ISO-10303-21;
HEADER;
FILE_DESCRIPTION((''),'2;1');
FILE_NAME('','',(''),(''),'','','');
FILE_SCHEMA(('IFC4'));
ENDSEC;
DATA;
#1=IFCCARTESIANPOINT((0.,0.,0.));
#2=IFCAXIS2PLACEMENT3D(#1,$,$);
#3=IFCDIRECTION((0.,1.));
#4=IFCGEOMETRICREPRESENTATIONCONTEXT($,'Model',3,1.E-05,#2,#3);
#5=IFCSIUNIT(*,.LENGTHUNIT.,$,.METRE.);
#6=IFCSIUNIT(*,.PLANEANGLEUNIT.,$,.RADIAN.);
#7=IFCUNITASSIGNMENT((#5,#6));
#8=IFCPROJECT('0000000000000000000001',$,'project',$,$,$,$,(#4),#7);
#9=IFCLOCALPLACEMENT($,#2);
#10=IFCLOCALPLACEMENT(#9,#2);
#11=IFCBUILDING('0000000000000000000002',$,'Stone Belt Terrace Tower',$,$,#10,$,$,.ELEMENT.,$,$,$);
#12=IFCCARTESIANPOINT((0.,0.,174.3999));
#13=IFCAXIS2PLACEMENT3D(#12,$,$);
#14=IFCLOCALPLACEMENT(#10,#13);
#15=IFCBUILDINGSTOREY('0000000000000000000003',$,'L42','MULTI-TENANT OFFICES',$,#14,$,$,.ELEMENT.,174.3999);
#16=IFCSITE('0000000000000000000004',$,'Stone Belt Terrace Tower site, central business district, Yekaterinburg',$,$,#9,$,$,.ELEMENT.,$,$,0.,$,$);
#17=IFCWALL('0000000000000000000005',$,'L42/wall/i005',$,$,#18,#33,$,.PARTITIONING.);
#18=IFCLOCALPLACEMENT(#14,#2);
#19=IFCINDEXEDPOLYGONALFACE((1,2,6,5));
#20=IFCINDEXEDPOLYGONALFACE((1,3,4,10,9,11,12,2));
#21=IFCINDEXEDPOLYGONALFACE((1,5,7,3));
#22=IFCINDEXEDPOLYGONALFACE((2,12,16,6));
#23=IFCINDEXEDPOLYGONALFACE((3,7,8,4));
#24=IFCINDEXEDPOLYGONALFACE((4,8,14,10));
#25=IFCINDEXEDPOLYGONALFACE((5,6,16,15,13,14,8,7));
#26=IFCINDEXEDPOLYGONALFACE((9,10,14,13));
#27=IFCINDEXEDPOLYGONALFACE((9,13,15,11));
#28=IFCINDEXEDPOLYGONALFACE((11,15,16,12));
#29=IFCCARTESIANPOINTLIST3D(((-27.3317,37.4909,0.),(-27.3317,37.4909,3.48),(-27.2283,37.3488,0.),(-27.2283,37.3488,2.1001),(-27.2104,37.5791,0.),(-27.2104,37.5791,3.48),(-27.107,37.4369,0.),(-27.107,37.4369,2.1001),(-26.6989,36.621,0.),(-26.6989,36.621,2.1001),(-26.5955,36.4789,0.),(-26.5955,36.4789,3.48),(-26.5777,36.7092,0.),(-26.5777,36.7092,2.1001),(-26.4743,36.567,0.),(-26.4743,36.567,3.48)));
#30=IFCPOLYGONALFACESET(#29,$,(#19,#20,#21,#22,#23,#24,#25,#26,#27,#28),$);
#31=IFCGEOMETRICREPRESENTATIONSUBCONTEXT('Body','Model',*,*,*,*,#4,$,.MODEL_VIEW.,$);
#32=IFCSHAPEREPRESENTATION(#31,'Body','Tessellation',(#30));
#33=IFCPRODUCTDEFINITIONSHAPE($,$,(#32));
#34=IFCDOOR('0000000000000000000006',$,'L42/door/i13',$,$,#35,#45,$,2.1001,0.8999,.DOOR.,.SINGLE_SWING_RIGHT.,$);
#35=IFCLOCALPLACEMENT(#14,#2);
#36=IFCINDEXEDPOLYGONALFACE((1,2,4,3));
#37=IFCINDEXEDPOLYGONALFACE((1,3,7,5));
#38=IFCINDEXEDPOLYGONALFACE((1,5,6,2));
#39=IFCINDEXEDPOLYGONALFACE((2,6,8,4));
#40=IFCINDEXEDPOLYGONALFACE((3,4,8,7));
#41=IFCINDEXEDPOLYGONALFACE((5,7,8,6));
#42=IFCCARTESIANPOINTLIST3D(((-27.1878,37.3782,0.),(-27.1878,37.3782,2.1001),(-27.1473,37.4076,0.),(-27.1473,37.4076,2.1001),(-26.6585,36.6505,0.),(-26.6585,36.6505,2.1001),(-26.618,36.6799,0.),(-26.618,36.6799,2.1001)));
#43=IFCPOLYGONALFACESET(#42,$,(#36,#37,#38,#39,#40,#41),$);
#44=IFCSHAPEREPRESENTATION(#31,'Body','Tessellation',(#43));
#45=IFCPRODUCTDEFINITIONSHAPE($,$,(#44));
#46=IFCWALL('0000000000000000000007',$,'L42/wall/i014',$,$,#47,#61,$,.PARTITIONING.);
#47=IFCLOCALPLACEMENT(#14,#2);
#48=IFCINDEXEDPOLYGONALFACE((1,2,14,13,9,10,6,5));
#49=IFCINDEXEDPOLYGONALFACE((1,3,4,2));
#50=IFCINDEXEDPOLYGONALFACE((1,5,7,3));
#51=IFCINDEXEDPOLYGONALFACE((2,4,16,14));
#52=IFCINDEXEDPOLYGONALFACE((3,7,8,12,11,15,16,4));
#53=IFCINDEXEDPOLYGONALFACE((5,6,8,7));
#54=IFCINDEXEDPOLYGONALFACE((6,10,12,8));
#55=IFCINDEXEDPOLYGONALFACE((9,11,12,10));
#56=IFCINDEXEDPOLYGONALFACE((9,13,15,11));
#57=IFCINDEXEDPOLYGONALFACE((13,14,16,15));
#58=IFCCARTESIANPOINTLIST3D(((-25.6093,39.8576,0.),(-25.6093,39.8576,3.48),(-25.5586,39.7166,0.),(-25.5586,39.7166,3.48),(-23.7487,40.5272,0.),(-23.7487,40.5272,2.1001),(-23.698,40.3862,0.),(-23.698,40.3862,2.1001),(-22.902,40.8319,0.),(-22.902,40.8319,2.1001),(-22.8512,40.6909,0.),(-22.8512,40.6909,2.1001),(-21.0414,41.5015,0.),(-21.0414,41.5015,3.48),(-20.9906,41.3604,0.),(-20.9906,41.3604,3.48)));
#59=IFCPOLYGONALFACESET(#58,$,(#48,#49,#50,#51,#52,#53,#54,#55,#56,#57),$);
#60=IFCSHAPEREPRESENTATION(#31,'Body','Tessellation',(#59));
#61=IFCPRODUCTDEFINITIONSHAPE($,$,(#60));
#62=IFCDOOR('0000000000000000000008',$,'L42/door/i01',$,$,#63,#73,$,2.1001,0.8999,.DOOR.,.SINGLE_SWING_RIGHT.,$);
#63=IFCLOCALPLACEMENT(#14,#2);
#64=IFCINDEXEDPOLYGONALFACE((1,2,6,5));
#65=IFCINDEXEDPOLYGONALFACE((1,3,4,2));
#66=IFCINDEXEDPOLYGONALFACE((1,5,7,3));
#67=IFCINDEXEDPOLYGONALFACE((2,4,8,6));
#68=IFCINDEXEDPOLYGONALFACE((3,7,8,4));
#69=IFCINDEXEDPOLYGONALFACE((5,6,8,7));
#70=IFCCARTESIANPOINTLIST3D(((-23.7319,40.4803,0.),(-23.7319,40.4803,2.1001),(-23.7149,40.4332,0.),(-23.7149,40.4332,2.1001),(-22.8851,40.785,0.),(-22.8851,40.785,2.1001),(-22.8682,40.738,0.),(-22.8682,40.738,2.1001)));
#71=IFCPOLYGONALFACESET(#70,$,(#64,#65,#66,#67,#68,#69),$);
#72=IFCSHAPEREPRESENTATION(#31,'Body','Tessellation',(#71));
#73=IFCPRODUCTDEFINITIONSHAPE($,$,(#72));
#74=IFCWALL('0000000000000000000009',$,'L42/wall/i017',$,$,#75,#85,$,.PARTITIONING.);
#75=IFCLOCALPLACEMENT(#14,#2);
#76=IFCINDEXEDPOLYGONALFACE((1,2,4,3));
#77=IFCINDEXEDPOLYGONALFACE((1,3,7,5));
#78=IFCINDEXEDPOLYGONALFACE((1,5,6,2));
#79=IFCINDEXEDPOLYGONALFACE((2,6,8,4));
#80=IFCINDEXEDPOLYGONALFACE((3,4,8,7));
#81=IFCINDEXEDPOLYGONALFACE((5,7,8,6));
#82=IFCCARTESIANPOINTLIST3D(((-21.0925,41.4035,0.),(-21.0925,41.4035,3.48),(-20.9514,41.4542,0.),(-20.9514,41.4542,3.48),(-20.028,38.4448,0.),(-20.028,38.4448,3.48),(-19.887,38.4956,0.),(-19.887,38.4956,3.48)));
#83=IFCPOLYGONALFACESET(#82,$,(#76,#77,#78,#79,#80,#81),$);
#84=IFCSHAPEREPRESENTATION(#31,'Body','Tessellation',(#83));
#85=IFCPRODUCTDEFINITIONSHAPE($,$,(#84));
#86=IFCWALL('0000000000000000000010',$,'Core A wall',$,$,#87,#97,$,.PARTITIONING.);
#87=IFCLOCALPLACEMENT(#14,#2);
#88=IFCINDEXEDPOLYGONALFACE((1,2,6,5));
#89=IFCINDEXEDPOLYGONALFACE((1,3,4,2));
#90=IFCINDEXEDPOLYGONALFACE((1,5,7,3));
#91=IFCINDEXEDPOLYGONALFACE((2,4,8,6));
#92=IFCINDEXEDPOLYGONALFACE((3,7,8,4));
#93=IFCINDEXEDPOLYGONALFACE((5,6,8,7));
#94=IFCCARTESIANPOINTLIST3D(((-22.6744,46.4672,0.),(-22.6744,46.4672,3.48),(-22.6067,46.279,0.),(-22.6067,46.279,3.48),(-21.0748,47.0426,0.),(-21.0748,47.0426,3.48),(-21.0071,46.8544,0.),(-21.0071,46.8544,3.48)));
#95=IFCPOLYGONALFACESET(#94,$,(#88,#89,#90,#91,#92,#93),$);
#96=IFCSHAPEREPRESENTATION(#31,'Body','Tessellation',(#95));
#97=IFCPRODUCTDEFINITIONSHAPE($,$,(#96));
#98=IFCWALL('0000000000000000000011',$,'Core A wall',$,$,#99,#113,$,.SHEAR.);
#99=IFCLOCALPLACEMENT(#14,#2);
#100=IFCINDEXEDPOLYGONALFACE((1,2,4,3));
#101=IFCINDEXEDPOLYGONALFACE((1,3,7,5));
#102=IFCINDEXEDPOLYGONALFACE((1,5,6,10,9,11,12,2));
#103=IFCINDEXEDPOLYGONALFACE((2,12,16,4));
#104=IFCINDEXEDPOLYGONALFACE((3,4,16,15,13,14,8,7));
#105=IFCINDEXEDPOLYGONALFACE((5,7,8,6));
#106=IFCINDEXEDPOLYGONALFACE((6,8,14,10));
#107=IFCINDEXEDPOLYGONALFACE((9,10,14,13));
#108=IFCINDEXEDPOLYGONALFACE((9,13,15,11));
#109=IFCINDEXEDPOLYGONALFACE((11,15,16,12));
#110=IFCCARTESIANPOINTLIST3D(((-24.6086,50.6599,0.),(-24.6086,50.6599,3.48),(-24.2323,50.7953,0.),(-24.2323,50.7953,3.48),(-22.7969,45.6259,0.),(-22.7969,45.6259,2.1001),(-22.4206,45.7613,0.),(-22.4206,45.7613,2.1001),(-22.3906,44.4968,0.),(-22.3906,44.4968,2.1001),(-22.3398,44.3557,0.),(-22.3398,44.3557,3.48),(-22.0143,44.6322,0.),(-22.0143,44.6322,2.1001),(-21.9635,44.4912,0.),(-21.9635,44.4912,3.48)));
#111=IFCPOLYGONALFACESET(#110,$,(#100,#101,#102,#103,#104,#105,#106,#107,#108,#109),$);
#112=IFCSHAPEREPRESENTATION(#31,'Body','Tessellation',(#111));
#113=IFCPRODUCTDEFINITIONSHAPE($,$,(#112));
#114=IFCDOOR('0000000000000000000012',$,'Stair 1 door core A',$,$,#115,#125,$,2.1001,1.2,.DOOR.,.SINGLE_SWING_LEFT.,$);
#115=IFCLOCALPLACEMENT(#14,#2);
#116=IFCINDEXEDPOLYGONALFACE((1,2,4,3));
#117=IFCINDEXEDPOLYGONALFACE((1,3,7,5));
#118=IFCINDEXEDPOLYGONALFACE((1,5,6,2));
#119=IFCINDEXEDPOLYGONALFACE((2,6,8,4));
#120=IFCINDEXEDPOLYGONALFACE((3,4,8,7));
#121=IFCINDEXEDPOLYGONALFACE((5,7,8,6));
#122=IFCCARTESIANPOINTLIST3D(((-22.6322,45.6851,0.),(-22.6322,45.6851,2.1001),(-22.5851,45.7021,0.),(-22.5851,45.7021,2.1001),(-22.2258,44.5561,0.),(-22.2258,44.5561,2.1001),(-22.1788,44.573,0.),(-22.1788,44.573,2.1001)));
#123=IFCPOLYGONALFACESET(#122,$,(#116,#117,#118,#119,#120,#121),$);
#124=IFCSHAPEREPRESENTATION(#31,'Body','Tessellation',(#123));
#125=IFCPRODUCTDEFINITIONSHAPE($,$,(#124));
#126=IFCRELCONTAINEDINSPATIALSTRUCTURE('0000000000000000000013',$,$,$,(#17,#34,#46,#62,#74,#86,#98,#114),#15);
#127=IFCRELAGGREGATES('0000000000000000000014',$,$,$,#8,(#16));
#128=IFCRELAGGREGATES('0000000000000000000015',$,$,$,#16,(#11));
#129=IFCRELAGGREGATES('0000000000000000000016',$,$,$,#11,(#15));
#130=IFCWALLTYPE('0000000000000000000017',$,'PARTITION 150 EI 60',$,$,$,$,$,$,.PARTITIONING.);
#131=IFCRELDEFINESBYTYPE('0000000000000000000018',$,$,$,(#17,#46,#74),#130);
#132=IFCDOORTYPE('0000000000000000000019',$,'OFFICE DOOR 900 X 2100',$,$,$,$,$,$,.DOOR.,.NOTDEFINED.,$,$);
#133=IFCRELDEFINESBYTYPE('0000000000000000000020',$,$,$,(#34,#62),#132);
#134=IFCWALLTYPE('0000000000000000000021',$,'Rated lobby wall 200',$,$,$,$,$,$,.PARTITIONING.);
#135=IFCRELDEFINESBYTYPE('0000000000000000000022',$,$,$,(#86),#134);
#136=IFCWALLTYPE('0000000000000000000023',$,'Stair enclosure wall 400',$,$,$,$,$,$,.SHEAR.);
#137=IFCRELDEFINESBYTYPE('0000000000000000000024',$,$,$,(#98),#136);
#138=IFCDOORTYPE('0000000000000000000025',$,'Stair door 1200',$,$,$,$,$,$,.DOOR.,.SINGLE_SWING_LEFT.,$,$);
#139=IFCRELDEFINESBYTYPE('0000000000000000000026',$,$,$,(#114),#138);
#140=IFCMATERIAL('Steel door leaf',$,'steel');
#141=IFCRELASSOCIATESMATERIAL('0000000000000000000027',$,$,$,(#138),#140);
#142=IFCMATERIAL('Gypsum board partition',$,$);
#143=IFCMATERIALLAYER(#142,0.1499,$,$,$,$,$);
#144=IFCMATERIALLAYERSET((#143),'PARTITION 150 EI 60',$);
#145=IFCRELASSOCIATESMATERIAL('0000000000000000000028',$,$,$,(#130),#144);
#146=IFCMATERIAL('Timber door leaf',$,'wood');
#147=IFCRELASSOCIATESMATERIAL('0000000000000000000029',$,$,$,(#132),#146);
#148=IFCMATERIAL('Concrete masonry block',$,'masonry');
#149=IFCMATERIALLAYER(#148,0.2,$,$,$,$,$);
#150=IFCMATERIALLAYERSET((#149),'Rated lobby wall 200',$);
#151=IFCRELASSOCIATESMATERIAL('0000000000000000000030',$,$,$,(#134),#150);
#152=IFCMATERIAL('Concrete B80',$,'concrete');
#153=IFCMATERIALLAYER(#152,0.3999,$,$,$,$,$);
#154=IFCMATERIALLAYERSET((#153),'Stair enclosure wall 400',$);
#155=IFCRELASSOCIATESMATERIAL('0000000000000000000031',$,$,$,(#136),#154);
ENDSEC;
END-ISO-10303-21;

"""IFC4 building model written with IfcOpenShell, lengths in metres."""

from ifc_helpers import new_model, si_unit, direction, frame, frame_2d, origin, place, context, subcontext, project, spatial, rectangle, extrude, material, layer, layer_set, type_object, element, fill, save


model = new_model("IFC4")

# Units and contexts
model_context = context("Model", 3, precision=1e-05, world=origin(), true_north=direction((0.0, 1.0)))
body_context = subcontext(model_context, "Body", "Model", "MODEL_VIEW")
ifc_project = project(units=[si_unit("LENGTHUNIT", "METRE"), si_unit("PLANEANGLEUNIT", "RADIAN")], contexts=[model_context])

# Site, building, storey
site_placement = place(None, origin())
site = spatial("IfcSite", under=ifc_project, at=site_placement, Name="Stone Belt Terrace Tower site, central business district, Yekaterinburg", CompositionType="ELEMENT", RefElevation=0.0)
building_placement = place(site_placement, origin())
building = spatial("IfcBuilding", under=site, at=building_placement, Name="Stone Belt Terrace Tower", CompositionType="ELEMENT")
storey_placement = place(building_placement, frame((0.0, 0.0, 174.3999)))
storey = spatial("IfcBuildingStorey", under=building, at=storey_placement, Name="L42", Description="MULTI-TENANT OFFICES", CompositionType="ELEMENT", Elevation=174.3999)

# Shared definitions
ifc_material_1 = material(Name="Concrete B80", Category="concrete")

# Shared definitions
ifc_material_2 = material(Name="Timber door leaf", Category="wood")
ifc_material_3 = material(Name="Steel door leaf", Category="steel")
door_type_1 = type_object("IfcDoorType", Name="Stair door 1200", OperationType="SINGLE_SWING_LEFT", PredefinedType="DOOR", material=ifc_material_3)

# Shared definitions
ifc_material_4 = material(Name="Gypsum board partition")
ifc_layer_1 = layer(ifc_material_4, 0.1499)
ifc_layer_set_1 = layer_set([ifc_layer_1], Name="PARTITION 150 EI 60")
wall_type_1 = type_object("IfcWallType", Name="PARTITION 150 EI 60", PredefinedType="PARTITIONING", material=ifc_layer_set_1)

# Walls, openings, doors
wall_1_placement = place(storey_placement, frame((-26.5349, 36.5229, 0.0), z_axis=(0.0, 0.0, 1.0), x_axis=(-0.58823, 0.808694, 0.0)))
wall_1 = element("IfcWall", 1, at=wall_1_placement, inside=storey, type_object=wall_type_1, Name="L42/wall/i005", PredefinedType="PARTITIONING", context=body_context, shape_type="SweptSolid", body=[
    extrude(rectangle(XDim=1.2515, YDim=0.1499, at=frame_2d((0.6257, 0.0))), origin(), (0.0, 0.0, 1.0), 3.48),
])
opening_1_placement = place(wall_1_placement, frame((0.1758, 0.0, 0.0)))
opening_1 = element("IfcOpeningElement", 2, at=opening_1_placement, cuts=wall_1, PredefinedType="OPENING", context=body_context, shape_type="SweptSolid", body=[
    extrude(rectangle(XDim=0.8999, YDim=2.1001, at=frame_2d((0.45, 1.05))), frame((0.0, 0.085, 0.0), z_axis=(0.0, -1.0, 0.0), x_axis=(1.0, 0.0, 0.0)), (0.0, 0.0, 1.0), 0.1699),
])
door_type_2 = type_object("IfcDoorType", Name="OFFICE DOOR 900 X 2100", OperationType="NOTDEFINED", PredefinedType="DOOR", material=ifc_material_2)
door_1_placement = place(opening_1_placement, origin())
door_1 = element("IfcDoor", 3, at=door_1_placement, inside=storey, type_object=door_type_2, Name="L42/door/i13", OperationType="SINGLE_SWING_RIGHT", OverallHeight=2.1001, OverallWidth=0.8999, PredefinedType="DOOR", context=body_context, shape_type="SweptSolid", body=[
    extrude(rectangle(XDim=0.8999, YDim=2.1001, at=frame_2d((0.45, 1.05))), frame((0.0, 0.0249, 0.0), z_axis=(0.0, -1.0, 0.0), x_axis=(1.0, 0.0, 0.0)), (0.0, 0.0, 1.0), 0.05),
])
fill(opening_1, door_1)
wall_2_placement = place(storey_placement, frame((-21.0161, 41.4309, 0.0), z_axis=(0.0, 0.0, 1.0), x_axis=(-0.940929, -0.338604, 0.0)))
wall_2 = element("IfcWall", 4, at=wall_2_placement, inside=storey, type_object=wall_type_1, Name="L42/wall/i014", PredefinedType="PARTITIONING", context=body_context, shape_type="SweptSolid", body=[
    extrude(rectangle(XDim=4.8547, YDim=0.1499, at=frame_2d((2.4272, 0.0))), origin(), (0.0, 0.0, 1.0), 3.48),
])
opening_2_placement = place(wall_2_placement, frame((1.9773, 0.0, 0.0)))
opening_2 = element("IfcOpeningElement", 5, at=opening_2_placement, cuts=wall_2, PredefinedType="OPENING", context=body_context, shape_type="SweptSolid", body=[
    extrude(rectangle(XDim=0.8999, YDim=2.1001, at=frame_2d((0.45, 1.05))), frame((0.0, 0.085, 0.0), z_axis=(0.0, -1.0, 0.0), x_axis=(1.0, 0.0, 0.0)), (0.0, 0.0, 1.0), 0.1699),
])
door_2_placement = place(opening_2_placement, origin())
door_2 = element("IfcDoor", 6, at=door_2_placement, inside=storey, type_object=door_type_2, Name="L42/door/i01", OperationType="SINGLE_SWING_RIGHT", OverallHeight=2.1001, OverallWidth=0.8999, PredefinedType="DOOR", context=body_context, shape_type="SweptSolid", body=[
    extrude(rectangle(XDim=0.8999, YDim=2.1001, at=frame_2d((0.45, 1.05))), frame((0.0, 0.0249, 0.0), z_axis=(0.0, -1.0, 0.0), x_axis=(1.0, 0.0, 0.0)), (0.0, 0.0, 1.0), 0.05),
])
fill(opening_2, door_2)

# Walls
wall_3_placement = place(storey_placement, frame((-21.022, 41.429, 0.0), z_axis=(0.0, 0.0, 1.0), x_axis=(0.338524, -0.940958, 0.0)))
element("IfcWall", 7, at=wall_3_placement, inside=storey, type_object=wall_type_1, Name="L42/wall/i017", PredefinedType="PARTITIONING", context=body_context, shape_type="SweptSolid", body=[
    extrude(rectangle(XDim=3.1443, YDim=0.1499, at=frame_2d((1.5723, 0.0))), origin(), (0.0, 0.0, 1.0), 3.48),
])
ifc_material_5 = material(Name="Concrete masonry block", Category="masonry")
ifc_layer_2 = layer(ifc_material_5, 0.2)
ifc_layer_set_2 = layer_set([ifc_layer_2], Name="Rated lobby wall 200")
wall_type_2 = type_object("IfcWallType", Name="Rated lobby wall 200", PredefinedType="PARTITIONING", material=ifc_layer_set_2)
wall_4_placement = place(storey_placement, frame((-22.6406, 46.373, 0.0), z_axis=(0.0, 0.0, 1.0), x_axis=(0.940966, 0.338501, 0.0)))
element("IfcWall", 8, at=wall_4_placement, inside=storey, type_object=wall_type_2, Name="Core A wall", PredefinedType="PARTITIONING", context=body_context, shape_type="SweptSolid", body=[
    extrude(rectangle(XDim=1.7, YDim=0.2, at=frame_2d((0.8501, 0.0))), origin(), (0.0, 0.0, 1.0), 3.48),
])

# Wall, opening, door
ifc_layer_3 = layer(ifc_material_1, 0.3999)
ifc_layer_set_3 = layer_set([ifc_layer_3], Name="Stair enclosure wall 400")
wall_type_3 = type_object("IfcWallType", Name="Stair enclosure wall 400", PredefinedType="SHEAR", material=ifc_layer_set_3)
wall_5_placement = place(storey_placement, frame((-22.1516, 44.4233, 0.0), z_axis=(0.0, 0.0, 1.0), x_axis=(-0.338625, 0.940921, 0.0)))
wall_5 = element("IfcWall", 9, at=wall_5_placement, inside=storey, type_object=wall_type_3, Name="Core A wall", PredefinedType="SHEAR", context=body_context, shape_type="SweptSolid", body=[
    extrude(rectangle(XDim=6.7, YDim=0.3999, at=frame_2d((3.3501, 0.0))), origin(), (0.0, 0.0, 1.0), 3.48),
])
opening_3_placement = place(wall_5_placement, frame((0.1499, 0.0, 0.0)))
opening_3 = element("IfcOpeningElement", 10, at=opening_3_placement, cuts=wall_5, PredefinedType="OPENING", context=body_context, shape_type="SweptSolid", body=[
    extrude(rectangle(XDim=1.2, YDim=2.1001, at=frame_2d((0.6001, 1.05))), frame((0.0, 0.21, 0.0), z_axis=(0.0, -1.0, 0.0), x_axis=(1.0, 0.0, 0.0)), (0.0, 0.0, 1.0), 0.4199),
])
door_3_placement = place(opening_3_placement, origin())
door_3 = element("IfcDoor", 11, at=door_3_placement, inside=storey, type_object=door_type_1, Name="Stair 1 door core A", OperationType="SINGLE_SWING_LEFT", OverallHeight=2.1001, OverallWidth=1.2, PredefinedType="DOOR", context=body_context, shape_type="SweptSolid", body=[
    extrude(rectangle(XDim=1.2, YDim=2.1001, at=frame_2d((0.6001, 1.05))), frame((0.0, 0.0249, 0.0), z_axis=(0.0, -1.0, 0.0), x_axis=(1.0, 0.0, 0.0)), (0.0, 0.0, 1.0), 0.05),
])
fill(opening_3, door_3)

save(model, "model.ifc")
